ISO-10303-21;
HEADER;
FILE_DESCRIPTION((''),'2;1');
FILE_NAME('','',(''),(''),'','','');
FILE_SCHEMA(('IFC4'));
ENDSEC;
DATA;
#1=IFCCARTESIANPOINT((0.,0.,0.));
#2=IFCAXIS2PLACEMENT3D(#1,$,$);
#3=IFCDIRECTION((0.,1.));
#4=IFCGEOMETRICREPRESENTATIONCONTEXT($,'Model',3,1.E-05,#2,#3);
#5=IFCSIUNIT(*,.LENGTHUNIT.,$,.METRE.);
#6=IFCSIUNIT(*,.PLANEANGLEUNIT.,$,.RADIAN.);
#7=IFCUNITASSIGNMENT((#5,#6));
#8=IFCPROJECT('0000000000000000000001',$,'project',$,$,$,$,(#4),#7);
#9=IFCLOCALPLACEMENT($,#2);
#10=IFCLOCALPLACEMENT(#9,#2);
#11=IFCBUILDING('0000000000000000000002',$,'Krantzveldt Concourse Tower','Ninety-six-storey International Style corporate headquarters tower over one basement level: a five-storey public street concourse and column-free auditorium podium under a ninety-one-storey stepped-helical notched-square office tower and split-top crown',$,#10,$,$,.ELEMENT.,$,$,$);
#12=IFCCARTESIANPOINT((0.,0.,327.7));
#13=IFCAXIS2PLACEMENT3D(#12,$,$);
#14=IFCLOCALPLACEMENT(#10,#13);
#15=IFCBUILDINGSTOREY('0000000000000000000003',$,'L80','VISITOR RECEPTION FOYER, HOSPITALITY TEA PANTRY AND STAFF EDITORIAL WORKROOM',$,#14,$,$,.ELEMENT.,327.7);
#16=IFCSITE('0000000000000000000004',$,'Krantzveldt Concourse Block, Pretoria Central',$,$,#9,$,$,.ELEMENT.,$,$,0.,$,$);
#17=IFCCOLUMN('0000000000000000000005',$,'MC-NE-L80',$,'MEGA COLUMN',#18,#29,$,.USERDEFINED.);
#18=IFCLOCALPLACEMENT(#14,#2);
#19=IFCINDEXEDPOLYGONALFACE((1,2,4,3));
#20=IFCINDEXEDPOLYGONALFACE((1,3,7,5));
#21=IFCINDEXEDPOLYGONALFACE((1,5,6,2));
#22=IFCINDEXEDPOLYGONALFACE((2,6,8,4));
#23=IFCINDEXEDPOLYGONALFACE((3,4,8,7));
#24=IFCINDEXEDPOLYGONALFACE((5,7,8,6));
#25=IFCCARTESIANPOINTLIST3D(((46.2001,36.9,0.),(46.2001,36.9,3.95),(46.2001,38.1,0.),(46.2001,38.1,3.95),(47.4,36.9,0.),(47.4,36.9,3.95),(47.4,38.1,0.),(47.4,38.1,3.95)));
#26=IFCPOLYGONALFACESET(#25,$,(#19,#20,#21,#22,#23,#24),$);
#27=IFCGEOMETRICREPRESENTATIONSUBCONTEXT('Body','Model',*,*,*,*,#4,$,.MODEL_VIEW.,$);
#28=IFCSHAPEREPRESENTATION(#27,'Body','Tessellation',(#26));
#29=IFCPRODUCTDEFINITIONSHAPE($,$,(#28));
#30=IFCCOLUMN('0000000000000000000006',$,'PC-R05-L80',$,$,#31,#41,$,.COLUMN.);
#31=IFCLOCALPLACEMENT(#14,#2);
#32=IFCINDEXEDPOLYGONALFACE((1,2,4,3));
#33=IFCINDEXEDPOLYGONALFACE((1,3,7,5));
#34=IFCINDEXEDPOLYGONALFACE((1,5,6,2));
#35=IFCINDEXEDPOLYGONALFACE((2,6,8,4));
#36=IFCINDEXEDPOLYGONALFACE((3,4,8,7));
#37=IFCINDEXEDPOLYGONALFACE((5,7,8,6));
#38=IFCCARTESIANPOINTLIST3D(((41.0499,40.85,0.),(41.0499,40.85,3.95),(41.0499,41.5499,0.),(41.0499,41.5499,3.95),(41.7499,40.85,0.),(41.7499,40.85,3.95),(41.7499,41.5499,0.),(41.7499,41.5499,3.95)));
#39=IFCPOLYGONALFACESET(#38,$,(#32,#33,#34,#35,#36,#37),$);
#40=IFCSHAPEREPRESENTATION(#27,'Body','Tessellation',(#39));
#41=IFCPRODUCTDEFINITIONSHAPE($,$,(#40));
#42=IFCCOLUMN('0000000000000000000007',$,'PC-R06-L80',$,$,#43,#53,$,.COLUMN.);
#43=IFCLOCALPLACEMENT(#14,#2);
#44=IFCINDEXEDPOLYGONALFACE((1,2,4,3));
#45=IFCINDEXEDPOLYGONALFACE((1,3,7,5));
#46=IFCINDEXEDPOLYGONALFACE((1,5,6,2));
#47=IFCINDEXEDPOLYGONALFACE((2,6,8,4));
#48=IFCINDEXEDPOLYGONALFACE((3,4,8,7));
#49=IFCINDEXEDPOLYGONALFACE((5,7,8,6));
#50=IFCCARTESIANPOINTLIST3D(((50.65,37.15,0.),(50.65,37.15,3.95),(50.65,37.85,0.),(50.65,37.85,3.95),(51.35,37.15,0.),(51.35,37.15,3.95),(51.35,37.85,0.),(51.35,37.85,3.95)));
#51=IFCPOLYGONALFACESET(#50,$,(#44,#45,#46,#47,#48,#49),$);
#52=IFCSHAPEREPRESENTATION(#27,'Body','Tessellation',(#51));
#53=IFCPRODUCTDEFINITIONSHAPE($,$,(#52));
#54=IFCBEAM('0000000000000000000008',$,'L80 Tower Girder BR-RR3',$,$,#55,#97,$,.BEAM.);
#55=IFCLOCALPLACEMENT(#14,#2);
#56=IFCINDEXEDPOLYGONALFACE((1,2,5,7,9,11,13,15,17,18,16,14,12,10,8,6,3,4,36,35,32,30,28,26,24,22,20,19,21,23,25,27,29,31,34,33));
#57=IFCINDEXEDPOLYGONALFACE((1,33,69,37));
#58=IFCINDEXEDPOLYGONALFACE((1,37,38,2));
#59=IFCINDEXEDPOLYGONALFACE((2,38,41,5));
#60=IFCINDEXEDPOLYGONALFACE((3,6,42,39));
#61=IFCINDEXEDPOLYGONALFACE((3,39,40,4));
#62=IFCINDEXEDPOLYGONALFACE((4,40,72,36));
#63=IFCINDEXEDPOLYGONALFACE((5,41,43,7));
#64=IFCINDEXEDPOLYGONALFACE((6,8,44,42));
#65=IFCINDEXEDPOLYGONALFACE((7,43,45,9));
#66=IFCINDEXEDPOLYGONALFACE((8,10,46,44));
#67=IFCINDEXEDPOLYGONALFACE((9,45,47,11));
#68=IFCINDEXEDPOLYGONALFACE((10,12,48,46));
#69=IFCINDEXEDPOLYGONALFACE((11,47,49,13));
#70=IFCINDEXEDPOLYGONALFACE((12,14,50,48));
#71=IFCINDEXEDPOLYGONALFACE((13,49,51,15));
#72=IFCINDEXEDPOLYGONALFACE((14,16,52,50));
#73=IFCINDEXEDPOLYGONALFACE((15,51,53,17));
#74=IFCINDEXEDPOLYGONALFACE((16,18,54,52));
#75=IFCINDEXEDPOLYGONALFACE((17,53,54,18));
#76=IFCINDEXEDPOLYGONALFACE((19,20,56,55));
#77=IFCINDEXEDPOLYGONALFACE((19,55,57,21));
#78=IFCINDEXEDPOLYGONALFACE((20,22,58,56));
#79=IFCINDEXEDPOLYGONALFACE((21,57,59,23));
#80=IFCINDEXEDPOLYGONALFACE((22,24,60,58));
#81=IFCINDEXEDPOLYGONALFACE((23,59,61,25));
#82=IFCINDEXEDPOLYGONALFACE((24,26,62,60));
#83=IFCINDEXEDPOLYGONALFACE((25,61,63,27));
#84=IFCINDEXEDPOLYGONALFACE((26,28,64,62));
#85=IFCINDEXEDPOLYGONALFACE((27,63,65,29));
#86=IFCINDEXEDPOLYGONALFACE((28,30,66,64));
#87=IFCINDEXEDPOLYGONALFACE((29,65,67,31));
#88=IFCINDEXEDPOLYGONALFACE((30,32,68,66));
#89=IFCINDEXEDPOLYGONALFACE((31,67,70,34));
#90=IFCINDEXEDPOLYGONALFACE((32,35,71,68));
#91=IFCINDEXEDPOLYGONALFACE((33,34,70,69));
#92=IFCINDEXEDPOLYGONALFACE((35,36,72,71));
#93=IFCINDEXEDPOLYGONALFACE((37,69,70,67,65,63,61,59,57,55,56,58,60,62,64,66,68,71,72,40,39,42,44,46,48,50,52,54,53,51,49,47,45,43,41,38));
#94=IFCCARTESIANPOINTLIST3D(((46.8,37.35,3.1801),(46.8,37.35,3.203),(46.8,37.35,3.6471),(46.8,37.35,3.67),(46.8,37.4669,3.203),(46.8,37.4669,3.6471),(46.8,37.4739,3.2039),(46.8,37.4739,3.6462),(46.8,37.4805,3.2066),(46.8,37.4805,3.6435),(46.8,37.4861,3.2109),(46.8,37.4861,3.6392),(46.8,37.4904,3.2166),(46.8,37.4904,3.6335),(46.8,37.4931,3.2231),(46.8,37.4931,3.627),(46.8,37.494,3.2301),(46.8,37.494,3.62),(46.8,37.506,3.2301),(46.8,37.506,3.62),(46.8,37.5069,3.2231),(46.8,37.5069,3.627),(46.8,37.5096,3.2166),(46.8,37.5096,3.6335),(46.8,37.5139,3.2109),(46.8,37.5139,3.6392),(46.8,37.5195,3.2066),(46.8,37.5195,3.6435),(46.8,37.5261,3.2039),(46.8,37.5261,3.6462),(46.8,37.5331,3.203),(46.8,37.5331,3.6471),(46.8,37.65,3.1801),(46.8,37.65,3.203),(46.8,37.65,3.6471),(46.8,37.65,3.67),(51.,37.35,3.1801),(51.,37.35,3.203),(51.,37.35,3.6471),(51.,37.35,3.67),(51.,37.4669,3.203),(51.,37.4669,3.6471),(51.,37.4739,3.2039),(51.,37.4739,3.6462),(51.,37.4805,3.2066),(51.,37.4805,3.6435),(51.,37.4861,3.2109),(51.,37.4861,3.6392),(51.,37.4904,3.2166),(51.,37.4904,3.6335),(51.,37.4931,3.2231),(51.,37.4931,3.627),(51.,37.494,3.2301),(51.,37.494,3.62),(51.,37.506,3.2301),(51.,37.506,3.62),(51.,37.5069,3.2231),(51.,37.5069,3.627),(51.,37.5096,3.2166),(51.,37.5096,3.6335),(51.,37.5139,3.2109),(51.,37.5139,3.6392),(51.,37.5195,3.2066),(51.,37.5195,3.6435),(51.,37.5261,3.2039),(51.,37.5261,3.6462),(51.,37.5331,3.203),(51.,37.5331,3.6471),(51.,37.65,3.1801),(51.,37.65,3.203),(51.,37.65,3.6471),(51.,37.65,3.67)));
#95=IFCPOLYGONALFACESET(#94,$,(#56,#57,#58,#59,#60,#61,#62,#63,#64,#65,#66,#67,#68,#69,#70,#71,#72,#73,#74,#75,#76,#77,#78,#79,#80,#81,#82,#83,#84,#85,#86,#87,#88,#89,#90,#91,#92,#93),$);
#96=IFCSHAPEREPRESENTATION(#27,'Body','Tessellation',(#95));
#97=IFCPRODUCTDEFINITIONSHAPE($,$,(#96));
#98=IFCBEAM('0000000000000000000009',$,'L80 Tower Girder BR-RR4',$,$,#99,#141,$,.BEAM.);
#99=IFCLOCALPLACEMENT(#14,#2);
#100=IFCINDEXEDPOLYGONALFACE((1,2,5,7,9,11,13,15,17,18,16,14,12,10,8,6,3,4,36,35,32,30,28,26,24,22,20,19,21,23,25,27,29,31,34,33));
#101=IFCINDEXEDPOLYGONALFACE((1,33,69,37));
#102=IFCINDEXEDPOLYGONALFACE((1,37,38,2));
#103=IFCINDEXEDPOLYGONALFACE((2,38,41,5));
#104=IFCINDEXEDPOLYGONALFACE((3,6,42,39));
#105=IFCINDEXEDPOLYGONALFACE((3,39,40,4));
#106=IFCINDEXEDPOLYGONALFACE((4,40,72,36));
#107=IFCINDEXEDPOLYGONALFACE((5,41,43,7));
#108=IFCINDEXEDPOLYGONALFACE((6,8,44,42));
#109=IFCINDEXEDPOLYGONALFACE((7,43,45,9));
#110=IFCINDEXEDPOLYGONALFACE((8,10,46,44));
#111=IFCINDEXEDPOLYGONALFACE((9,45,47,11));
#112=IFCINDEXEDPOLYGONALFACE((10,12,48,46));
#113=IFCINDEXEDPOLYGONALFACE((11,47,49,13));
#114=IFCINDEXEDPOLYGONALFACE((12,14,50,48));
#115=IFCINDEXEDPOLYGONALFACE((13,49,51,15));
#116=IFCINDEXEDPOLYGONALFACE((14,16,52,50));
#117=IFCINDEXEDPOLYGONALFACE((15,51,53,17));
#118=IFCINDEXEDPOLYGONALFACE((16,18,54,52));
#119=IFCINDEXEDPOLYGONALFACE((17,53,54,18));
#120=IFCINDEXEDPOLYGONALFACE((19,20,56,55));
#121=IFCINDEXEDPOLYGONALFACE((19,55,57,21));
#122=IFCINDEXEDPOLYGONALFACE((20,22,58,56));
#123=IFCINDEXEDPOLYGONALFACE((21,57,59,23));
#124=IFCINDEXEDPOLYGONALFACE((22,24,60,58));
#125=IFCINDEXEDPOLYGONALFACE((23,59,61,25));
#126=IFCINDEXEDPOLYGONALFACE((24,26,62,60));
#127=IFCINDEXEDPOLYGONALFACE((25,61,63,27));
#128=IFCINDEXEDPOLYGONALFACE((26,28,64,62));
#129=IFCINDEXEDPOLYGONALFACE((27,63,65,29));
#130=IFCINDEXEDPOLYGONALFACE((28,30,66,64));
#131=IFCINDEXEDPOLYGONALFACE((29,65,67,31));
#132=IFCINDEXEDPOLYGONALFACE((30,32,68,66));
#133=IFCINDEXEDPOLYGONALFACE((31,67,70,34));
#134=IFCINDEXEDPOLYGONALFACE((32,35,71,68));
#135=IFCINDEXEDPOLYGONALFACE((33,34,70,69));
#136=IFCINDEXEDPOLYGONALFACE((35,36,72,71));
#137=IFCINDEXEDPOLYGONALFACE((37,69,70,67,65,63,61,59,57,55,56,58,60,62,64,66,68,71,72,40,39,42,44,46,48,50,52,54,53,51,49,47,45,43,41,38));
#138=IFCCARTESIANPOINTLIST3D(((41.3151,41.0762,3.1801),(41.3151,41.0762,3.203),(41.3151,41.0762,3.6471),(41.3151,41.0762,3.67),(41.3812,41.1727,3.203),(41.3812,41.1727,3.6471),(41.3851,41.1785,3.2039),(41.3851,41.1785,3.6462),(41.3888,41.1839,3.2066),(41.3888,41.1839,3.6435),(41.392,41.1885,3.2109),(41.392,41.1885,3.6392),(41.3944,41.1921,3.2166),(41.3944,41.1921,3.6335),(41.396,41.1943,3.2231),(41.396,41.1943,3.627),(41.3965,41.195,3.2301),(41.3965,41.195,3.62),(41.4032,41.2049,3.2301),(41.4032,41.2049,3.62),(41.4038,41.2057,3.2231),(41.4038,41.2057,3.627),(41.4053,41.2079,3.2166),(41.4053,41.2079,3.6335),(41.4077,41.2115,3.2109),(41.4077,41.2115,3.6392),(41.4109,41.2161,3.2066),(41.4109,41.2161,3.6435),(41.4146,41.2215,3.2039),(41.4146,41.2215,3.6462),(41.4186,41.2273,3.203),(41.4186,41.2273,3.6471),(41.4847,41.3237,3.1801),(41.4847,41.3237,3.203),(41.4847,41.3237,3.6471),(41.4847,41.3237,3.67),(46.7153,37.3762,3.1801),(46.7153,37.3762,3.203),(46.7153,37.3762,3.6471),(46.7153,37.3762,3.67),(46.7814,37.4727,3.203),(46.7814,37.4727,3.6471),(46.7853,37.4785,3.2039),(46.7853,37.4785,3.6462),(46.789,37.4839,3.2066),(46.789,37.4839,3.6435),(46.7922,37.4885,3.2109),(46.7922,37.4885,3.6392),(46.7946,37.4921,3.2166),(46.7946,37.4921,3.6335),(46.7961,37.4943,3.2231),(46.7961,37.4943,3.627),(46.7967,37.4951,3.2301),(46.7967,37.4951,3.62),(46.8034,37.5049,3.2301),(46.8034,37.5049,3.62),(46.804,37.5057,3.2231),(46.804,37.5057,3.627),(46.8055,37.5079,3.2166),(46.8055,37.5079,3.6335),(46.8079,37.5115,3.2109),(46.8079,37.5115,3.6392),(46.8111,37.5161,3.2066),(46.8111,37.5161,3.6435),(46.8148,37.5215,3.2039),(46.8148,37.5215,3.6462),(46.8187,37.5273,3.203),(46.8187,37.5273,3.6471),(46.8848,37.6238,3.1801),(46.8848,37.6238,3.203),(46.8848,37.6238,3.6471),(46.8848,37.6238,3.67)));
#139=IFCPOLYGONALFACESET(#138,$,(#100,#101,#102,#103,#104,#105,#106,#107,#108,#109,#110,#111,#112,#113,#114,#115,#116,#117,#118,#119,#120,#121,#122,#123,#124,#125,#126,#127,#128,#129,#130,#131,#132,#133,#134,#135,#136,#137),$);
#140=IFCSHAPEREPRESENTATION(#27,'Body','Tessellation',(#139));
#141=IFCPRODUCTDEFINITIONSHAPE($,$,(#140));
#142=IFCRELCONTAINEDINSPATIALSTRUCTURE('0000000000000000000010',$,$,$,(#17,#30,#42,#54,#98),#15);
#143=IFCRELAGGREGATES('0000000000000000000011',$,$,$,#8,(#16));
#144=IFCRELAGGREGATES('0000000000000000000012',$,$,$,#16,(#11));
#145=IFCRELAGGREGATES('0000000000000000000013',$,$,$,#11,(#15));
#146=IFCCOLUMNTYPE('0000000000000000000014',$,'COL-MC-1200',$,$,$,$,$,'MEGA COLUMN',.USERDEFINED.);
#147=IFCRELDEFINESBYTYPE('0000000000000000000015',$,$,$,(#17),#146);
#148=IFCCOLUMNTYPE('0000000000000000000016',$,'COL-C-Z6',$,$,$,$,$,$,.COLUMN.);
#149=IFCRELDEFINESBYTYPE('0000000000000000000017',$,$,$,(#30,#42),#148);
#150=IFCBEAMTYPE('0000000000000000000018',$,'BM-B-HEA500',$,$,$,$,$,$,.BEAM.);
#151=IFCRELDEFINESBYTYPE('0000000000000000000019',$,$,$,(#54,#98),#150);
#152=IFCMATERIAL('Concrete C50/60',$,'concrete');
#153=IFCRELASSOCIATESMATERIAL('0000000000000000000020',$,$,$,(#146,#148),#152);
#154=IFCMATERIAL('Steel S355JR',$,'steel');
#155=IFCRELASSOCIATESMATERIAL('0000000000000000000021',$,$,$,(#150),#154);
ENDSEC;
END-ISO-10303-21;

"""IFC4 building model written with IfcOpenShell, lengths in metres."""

from ifc_helpers import new_model, si_unit, direction, frame, origin, origin_2d, place, context, subcontext, project, spatial, rectangle, i_section, extrude, source, transform, mapped, material, material_profile, profile_set, type_object, type_shapes, element, save


model = new_model("IFC4")

# Units and contexts
model_context = context("Model", 3, precision=1e-05, world=origin(), true_north=direction((0.0, 1.0)))
body_context = subcontext(model_context, "Body", "Model", "MODEL_VIEW")
ifc_project = project(units=[si_unit("LENGTHUNIT", "METRE"), si_unit("PLANEANGLEUNIT", "RADIAN")], contexts=[model_context])

# Site, building, storey
site_placement = place(None, origin())
site = spatial("IfcSite", under=ifc_project, at=site_placement, Name="Krantzveldt Concourse Block, Pretoria Central", CompositionType="ELEMENT", RefElevation=0.0)
building_placement = place(site_placement, origin())
building = spatial("IfcBuilding", under=site, at=building_placement, Name="Krantzveldt Concourse Tower", Description="Ninety-six-storey International Style corporate headquarters tower over one basement level: a five-storey public street concourse and column-free auditorium podium under a ninety-one-storey stepped-helical notched-square office tower and split-top crown", CompositionType="ELEMENT")
storey_placement = place(building_placement, frame((0.0, 0.0, 327.7)))
storey = spatial("IfcBuildingStorey", under=building, at=storey_placement, Name="L80", Description="VISITOR RECEPTION FOYER, HOSPITALITY TEA PANTRY AND STAFF EDITORIAL WORKROOM", CompositionType="ELEMENT", Elevation=327.7)

# Columns
ifc_material_1 = material(Name="Concrete C50/60", Category="concrete")
ifc_material_profile_1 = material_profile(ifc_material_1, rectangle(XDim=1.2, YDim=1.2, at=origin_2d()), Name="Concrete C50/60", Category="concrete")
ifc_profile_set_1 = profile_set([ifc_material_profile_1], Name="Concrete C50/60 - RC 1200x1200")
column_type_1 = type_object("IfcColumnType", Name="COL-MC-1200", ElementType="MEGA COLUMN", PredefinedType="USERDEFINED", material=ifc_profile_set_1)
shared_shape_1 = source(origin(), body_context, "Body", "SweptSolid", [
    extrude(rectangle(XDim=1.2, YDim=1.2, at=origin_2d()), origin(), (0.0, 0.0, 1.0), 3.95),
])
type_shapes(column_type_1, [shared_shape_1])
column_placement = place(storey_placement, frame((46.8, 37.5, 0.0), z_axis=(0.0, 0.0, 1.0), x_axis=(1.0, 0.0, 0.0)))
element("IfcColumn", 1, at=column_placement, inside=storey, type_object=column_type_1, Name="MC-NE-L80", ObjectType="MEGA COLUMN", PredefinedType="USERDEFINED", context=body_context, shape_type="MappedRepresentation", body=[
    mapped(shared_shape_1, transform((0.0, 0.0, 0.0), x_axis=(1.0, 0.0, 0.0), y_axis=(0.0, 1.0, 0.0), z_axis=(0.0, 0.0, 1.0), scale=1.0)),
])
ifc_material_profile_2 = material_profile(ifc_material_1, rectangle(XDim=0.7, YDim=0.7, at=origin_2d()), Name="Concrete C50/60", Category="concrete")
ifc_profile_set_2 = profile_set([ifc_material_profile_2], Name="Concrete C50/60 - RC 700x700")
column_type_2 = type_object("IfcColumnType", Name="COL-C-Z6", PredefinedType="COLUMN", material=ifc_profile_set_2)
shared_shape_2 = source(origin(), body_context, "Body", "SweptSolid", [
    extrude(rectangle(XDim=0.7, YDim=0.7, at=origin_2d()), origin(), (0.0, 0.0, 1.0), 3.95),
])
type_shapes(column_type_2, [shared_shape_2])
for number, where, z_axis, x_axis, name in (
    (2, (41.3999, 41.2, 0.0), (0.0, 0.0, 1.0), (1.0, 0.0, 0.0), "PC-R05-L80"),
    (3, (51.0, 37.5, 0.0), (0.0, 0.0, 1.0), (1.0, 0.0, 0.0), "PC-R06-L80"),
):
    element("IfcColumn", number, at=place(storey_placement, frame(where, z_axis=z_axis, x_axis=x_axis)), inside=storey, type_object=column_type_2, Name=name, PredefinedType="COLUMN", context=body_context, shape_type="MappedRepresentation", body=[
        mapped(shared_shape_2, transform((0.0, 0.0, 0.0), x_axis=(1.0, 0.0, 0.0), y_axis=(0.0, 1.0, 0.0), z_axis=(0.0, 0.0, 1.0), scale=1.0)),
    ])

# Beams
ifc_material_2 = material(Name="Steel S355JR", Category="steel")
ifc_material_profile_3 = material_profile(ifc_material_2, i_section(OverallWidth=0.3, OverallDepth=0.49, WebThickness=0.012, FlangeThickness=0.0229, FilletRadius=0.0271, at=origin_2d()), Name="Steel S355JR", Category="steel")
ifc_profile_set_3 = profile_set([ifc_material_profile_3], Name="Steel S355JR - HEA 500")
beam_type_1 = type_object("IfcBeamType", Name="BM-B-HEA500", PredefinedType="BEAM", material=ifc_profile_set_3)
shared_shape_3 = source(origin(), body_context, "Body", "SweptSolid", [
    extrude(i_section(OverallWidth=0.3, OverallDepth=0.49, WebThickness=0.012, FlangeThickness=0.0229, FilletRadius=0.0271, at=origin_2d()), origin(), (0.0, 0.0, 1.0), 4.2),
])
beam_1_placement = place(storey_placement, frame((46.8, 37.5, 3.425), z_axis=(1.0, 0.0, 0.0), x_axis=(0.0, 1.0, 0.0)))
element("IfcBeam", 4, at=beam_1_placement, inside=storey, type_object=beam_type_1, Name="L80 Tower Girder BR-RR3", PredefinedType="BEAM", context=body_context, shape_type="MappedRepresentation", body=[
    mapped(shared_shape_3, transform((0.0, 0.0, 0.0), x_axis=(1.0, 0.0, 0.0), y_axis=(0.0, 1.0, 0.0), z_axis=(0.0, 0.0, 1.0), scale=1.0)),
])
shared_shape_4 = source(origin(), body_context, "Body", "SweptSolid", [
    extrude(i_section(OverallWidth=0.3, OverallDepth=0.49, WebThickness=0.012, FlangeThickness=0.0229, FilletRadius=0.0271, at=origin_2d()), origin(), (0.0, 0.0, 1.0), 6.5461),
])
type_shapes(beam_type_1, [shared_shape_3, shared_shape_4])
beam_2_placement = place(storey_placement, frame((46.8, 37.5, 3.425), z_axis=(-0.824943, 0.565216, 0.0), x_axis=(-0.565216, -0.824943, 0.0)))
element("IfcBeam", 5, at=beam_2_placement, inside=storey, type_object=beam_type_1, Name="L80 Tower Girder BR-RR4", PredefinedType="BEAM", context=body_context, shape_type="MappedRepresentation", body=[
    mapped(shared_shape_4, transform((0.0, 0.0, 0.0), x_axis=(1.0, 0.0, 0.0), y_axis=(0.0, 1.0, 0.0), z_axis=(0.0, 0.0, 1.0), scale=1.0)),
])

save(model, "model.ifc")
